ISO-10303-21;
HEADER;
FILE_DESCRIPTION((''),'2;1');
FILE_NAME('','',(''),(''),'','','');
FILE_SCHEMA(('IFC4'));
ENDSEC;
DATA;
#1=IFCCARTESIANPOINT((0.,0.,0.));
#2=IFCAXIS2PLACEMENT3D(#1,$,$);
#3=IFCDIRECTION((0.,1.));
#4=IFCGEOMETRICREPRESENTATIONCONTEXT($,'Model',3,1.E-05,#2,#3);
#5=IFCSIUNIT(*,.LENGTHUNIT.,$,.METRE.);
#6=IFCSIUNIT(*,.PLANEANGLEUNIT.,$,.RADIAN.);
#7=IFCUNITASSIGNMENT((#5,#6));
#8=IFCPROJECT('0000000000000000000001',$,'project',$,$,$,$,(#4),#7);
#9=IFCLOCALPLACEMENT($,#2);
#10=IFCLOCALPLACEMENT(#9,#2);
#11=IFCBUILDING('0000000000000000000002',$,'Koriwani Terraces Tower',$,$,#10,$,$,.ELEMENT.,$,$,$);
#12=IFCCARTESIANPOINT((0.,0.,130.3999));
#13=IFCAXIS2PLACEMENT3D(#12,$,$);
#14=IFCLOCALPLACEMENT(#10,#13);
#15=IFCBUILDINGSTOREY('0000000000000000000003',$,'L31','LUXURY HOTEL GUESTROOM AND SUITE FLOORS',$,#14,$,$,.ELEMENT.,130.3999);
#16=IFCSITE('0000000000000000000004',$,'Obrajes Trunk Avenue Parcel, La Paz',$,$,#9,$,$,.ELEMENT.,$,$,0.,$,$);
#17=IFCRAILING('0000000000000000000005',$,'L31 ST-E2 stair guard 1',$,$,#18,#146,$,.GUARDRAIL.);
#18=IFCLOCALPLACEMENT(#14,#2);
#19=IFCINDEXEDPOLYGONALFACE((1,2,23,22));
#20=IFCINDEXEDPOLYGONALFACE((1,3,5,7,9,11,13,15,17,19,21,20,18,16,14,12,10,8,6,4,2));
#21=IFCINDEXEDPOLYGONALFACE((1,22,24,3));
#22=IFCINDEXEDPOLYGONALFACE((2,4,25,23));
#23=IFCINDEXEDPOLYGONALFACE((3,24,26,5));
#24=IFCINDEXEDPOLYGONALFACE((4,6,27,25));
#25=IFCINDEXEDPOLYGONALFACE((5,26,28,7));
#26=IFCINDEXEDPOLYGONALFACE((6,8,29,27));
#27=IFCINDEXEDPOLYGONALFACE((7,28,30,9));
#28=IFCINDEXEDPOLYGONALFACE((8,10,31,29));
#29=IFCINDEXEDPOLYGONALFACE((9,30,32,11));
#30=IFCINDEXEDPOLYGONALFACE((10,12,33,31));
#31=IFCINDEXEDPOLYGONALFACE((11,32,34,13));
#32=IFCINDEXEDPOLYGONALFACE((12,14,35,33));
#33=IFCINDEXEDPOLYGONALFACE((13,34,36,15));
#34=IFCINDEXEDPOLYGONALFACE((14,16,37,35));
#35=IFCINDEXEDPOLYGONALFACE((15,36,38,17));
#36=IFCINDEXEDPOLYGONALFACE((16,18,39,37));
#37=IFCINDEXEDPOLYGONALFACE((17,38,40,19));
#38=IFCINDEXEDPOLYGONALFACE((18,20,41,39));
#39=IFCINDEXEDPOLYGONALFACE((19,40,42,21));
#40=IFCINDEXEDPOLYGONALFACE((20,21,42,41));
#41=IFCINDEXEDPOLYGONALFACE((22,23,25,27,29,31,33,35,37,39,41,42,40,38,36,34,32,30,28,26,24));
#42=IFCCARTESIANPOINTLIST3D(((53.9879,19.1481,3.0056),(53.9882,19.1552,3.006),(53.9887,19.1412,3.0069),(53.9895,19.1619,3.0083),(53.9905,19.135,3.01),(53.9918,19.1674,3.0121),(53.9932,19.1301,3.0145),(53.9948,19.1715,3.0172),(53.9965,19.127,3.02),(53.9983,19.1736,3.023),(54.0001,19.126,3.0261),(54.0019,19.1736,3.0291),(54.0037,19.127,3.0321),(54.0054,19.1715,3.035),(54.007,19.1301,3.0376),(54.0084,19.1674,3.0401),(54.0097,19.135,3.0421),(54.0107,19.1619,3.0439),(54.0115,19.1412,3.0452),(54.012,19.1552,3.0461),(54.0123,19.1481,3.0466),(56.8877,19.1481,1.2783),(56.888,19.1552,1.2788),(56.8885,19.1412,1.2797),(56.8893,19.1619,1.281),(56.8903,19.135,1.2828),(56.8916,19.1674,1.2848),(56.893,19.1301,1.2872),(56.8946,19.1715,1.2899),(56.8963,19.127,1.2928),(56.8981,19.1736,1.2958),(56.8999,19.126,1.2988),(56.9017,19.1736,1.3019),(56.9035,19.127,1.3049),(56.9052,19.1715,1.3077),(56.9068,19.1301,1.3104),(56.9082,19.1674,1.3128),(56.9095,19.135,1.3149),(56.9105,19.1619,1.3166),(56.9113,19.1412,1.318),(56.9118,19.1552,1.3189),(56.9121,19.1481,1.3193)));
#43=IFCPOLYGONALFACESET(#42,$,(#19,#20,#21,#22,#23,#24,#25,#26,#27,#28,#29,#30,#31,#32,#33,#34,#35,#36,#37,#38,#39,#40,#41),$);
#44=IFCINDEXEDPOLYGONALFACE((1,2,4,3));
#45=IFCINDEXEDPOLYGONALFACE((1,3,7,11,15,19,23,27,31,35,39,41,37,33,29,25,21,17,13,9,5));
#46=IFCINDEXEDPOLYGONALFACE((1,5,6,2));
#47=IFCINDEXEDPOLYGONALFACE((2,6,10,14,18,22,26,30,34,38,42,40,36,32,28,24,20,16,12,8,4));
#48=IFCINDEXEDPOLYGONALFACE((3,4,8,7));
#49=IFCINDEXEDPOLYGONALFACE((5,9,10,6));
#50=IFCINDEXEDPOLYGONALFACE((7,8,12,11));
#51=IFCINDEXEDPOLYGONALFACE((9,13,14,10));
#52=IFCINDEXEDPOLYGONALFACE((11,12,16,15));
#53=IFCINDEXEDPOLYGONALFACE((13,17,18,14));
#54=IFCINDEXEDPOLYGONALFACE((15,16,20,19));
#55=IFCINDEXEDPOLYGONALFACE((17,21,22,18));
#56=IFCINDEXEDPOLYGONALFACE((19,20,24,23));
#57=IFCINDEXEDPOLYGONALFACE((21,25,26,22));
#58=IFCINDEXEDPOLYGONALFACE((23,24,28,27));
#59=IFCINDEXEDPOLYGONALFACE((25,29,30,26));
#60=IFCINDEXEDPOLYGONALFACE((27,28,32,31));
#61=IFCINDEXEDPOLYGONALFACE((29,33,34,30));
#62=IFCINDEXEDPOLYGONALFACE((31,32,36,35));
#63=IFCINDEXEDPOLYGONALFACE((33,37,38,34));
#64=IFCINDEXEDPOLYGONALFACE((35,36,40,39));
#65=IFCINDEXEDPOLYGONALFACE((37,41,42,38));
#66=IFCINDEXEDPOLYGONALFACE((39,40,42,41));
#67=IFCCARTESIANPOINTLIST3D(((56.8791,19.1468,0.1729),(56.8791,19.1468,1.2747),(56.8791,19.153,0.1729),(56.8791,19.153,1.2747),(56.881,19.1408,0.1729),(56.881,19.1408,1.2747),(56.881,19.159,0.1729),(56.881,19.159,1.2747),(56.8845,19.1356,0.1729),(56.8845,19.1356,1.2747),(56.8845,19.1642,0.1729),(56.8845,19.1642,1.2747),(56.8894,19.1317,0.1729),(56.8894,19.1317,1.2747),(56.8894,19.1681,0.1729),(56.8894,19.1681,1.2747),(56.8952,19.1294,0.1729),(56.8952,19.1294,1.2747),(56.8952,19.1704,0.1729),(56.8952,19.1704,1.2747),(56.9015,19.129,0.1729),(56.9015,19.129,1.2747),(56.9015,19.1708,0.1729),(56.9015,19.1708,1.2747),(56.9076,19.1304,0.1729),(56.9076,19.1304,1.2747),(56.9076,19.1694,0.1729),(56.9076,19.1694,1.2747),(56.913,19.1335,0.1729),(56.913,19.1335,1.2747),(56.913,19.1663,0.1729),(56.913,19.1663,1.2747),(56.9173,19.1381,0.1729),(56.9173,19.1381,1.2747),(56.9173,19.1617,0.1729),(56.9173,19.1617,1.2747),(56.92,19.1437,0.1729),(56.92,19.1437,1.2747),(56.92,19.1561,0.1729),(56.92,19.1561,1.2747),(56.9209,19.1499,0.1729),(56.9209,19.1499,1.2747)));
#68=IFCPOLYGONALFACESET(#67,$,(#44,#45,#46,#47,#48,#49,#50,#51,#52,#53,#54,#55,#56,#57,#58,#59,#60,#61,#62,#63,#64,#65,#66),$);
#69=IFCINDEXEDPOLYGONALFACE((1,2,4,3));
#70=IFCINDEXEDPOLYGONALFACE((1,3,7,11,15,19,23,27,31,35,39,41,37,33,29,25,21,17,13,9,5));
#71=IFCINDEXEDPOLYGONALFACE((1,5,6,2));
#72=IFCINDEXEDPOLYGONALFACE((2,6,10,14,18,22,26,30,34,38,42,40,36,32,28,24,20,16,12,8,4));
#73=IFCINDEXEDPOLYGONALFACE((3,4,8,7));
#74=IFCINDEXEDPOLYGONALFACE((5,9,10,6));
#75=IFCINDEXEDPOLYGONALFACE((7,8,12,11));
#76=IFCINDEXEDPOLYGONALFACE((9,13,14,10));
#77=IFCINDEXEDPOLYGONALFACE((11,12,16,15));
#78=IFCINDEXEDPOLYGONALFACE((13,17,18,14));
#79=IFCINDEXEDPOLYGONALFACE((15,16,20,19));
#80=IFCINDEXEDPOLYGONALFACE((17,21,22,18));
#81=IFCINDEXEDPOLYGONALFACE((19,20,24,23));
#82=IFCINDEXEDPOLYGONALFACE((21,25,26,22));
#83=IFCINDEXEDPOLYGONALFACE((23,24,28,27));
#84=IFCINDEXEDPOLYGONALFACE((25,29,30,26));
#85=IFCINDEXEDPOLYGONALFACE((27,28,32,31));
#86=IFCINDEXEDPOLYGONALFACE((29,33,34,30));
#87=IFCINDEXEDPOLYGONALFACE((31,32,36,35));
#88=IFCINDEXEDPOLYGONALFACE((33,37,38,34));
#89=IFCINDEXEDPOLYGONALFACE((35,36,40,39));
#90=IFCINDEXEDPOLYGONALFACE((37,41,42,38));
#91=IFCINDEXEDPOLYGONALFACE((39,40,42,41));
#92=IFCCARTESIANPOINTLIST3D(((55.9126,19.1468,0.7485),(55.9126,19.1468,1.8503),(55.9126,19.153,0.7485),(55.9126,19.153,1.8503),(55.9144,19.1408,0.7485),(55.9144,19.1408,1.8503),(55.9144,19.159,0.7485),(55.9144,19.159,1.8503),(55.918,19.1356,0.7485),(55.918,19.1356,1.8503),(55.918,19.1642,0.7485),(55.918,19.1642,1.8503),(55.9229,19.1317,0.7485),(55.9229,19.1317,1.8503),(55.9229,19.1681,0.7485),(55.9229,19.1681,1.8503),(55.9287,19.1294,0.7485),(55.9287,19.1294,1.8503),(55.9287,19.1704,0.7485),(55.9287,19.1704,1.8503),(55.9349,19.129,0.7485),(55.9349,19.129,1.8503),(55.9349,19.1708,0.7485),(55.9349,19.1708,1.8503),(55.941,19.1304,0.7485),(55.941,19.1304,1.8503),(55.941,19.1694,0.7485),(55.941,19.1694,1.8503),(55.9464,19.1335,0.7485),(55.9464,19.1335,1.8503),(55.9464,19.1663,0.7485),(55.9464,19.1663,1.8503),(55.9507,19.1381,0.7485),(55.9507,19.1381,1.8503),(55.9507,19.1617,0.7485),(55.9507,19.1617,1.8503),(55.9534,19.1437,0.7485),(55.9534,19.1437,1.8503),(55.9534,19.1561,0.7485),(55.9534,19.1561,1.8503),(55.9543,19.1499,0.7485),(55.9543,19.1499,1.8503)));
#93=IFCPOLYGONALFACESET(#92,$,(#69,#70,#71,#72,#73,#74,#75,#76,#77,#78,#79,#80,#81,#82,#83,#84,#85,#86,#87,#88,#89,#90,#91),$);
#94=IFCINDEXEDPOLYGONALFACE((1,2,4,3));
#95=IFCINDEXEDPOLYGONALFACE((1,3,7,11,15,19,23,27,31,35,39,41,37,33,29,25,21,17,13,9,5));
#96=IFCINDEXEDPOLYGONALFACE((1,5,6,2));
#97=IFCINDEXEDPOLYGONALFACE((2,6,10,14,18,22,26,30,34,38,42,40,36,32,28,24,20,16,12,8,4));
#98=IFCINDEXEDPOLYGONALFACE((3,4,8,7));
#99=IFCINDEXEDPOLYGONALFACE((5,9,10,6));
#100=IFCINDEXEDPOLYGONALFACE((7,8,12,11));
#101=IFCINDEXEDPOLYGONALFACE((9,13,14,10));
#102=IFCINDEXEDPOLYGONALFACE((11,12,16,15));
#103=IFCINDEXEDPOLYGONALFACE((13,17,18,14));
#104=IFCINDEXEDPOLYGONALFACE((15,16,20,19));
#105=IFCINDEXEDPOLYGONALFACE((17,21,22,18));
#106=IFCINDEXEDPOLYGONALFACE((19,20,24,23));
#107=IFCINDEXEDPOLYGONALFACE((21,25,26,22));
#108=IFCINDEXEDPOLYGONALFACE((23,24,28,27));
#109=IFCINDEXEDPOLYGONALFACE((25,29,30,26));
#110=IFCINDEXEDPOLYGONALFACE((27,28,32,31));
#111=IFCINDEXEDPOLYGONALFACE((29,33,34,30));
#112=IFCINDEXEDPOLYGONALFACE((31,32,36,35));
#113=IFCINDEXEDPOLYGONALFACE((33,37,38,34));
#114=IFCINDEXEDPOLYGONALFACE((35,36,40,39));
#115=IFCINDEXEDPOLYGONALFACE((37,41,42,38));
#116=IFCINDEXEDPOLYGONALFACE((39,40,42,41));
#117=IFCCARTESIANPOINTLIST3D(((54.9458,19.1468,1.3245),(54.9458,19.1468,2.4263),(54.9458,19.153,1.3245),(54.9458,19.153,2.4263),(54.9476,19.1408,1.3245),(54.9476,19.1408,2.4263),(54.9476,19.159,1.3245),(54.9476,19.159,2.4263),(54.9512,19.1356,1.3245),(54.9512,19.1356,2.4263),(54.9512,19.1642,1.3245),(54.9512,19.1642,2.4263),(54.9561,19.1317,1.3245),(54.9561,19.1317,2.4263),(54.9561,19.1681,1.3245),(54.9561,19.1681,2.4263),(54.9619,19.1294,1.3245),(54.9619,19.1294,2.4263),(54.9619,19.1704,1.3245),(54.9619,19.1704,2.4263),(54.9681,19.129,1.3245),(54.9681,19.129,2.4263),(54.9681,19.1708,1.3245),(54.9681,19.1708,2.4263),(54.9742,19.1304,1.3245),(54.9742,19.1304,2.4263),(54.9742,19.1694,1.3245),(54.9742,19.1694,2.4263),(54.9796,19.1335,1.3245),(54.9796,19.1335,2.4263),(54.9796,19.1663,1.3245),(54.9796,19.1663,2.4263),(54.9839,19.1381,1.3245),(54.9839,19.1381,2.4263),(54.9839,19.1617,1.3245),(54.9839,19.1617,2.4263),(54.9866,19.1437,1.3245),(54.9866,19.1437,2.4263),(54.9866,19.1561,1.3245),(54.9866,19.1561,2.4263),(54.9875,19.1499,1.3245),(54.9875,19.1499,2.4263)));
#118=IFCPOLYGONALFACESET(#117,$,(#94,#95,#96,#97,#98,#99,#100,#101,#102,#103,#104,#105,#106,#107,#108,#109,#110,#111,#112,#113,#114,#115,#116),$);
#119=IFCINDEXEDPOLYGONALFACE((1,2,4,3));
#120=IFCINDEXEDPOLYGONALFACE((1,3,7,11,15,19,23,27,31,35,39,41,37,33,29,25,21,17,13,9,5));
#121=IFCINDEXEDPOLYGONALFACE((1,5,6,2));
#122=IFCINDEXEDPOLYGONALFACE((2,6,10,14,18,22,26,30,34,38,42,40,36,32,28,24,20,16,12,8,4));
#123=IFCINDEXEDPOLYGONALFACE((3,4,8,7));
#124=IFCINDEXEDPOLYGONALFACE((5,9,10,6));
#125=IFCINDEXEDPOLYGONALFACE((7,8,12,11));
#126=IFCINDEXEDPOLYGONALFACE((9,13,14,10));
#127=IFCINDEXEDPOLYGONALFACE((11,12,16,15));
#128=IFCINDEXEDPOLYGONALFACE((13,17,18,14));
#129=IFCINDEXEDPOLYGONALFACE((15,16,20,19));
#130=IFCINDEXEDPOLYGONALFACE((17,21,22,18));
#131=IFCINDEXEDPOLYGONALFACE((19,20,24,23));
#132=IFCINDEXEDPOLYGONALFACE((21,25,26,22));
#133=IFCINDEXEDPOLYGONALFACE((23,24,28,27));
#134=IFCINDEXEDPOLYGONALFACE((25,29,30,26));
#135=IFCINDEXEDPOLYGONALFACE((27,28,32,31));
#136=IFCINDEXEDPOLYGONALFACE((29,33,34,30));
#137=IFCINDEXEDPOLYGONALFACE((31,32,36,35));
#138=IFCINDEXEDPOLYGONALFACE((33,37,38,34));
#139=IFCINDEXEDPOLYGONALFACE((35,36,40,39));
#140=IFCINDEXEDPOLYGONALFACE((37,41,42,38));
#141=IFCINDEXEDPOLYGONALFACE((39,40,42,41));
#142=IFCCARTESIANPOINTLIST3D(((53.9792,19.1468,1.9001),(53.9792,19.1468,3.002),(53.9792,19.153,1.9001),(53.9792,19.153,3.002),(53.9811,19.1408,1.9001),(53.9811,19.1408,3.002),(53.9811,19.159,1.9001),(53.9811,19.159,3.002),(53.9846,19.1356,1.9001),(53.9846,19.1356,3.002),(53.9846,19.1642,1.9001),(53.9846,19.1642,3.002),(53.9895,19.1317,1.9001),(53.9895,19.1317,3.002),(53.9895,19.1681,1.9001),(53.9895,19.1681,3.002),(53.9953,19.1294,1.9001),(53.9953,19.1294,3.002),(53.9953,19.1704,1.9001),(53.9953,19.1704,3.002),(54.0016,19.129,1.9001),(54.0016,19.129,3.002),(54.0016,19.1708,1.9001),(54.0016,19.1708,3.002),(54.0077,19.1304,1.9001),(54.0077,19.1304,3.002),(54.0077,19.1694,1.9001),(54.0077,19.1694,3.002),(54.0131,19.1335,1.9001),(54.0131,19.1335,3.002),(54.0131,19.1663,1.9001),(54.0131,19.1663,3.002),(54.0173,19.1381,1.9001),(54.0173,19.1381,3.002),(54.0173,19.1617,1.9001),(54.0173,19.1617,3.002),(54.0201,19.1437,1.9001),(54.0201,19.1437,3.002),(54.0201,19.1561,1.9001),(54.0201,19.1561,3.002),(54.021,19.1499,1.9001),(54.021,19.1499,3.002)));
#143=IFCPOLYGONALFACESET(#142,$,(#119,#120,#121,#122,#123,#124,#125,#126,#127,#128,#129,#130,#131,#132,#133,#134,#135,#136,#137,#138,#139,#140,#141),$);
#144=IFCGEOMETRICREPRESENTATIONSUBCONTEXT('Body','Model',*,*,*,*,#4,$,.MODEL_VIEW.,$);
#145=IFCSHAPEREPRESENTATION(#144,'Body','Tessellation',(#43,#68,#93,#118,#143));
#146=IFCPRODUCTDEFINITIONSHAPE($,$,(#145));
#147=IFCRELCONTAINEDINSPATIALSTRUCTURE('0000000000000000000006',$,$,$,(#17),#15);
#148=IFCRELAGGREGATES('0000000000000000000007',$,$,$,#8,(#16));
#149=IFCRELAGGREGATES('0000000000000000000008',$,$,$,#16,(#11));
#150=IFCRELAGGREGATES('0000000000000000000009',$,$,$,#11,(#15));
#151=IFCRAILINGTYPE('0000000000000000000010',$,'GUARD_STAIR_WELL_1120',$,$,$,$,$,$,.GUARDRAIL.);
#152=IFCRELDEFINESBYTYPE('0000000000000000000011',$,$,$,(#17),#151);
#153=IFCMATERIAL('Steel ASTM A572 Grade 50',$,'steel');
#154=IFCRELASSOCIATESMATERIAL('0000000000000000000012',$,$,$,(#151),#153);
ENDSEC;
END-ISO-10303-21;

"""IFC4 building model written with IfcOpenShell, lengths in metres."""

from ifc_helpers import new_model, si_unit, direction, frame, origin, origin_2d, place, context, subcontext, project, spatial, circle, extrude, material, type_object, element, save


model = new_model("IFC4")

# Units and contexts
model_context = context("Model", 3, precision=1e-05, world=origin(), true_north=direction((0.0, 1.0)))
body_context = subcontext(model_context, "Body", "Model", "MODEL_VIEW")
ifc_project = project(units=[si_unit("LENGTHUNIT", "METRE"), si_unit("PLANEANGLEUNIT", "RADIAN")], contexts=[model_context])

# Site, building, storey
site_placement = place(None, origin())
site = spatial("IfcSite", under=ifc_project, at=site_placement, Name="Obrajes Trunk Avenue Parcel, La Paz", CompositionType="ELEMENT", RefElevation=0.0)
building_placement = place(site_placement, origin())
building = spatial("IfcBuilding", under=site, at=building_placement, Name="Koriwani Terraces Tower", CompositionType="ELEMENT")
storey_placement = place(building_placement, frame((0.0, 0.0, 130.3999)))
storey = spatial("IfcBuildingStorey", under=building, at=storey_placement, Name="L31", Description="LUXURY HOTEL GUESTROOM AND SUITE FLOORS", CompositionType="ELEMENT", Elevation=130.3999)

# Shared definitions
ifc_material_1 = material(Name="Steel ASTM A572 Grade 50", Category="steel")

# Railing
railing_type_1 = type_object("IfcRailingType", Name="GUARD_STAIR_WELL_1120", PredefinedType="GUARDRAIL", material=ifc_material_1)
railing_1_placement = place(storey_placement, frame((56.8999, 19.1499, 0.1729)))
element("IfcRailing", 1, at=railing_1_placement, inside=storey, type_object=railing_type_1, Name="L31 ST-E2 stair guard 1", PredefinedType="GUARDRAIL", context=body_context, shape_type="SweptSolid", body=[
    extrude(circle(Radius=0.0239, at=origin_2d()), frame((0.0, 0.0, 1.126), z_axis=(-0.859141, 0.0, 0.511738), x_axis=(0.0, -1.0, 0.0)), (0.0, 0.0, 1.0), 3.3752),
    extrude(circle(Radius=0.021, at=origin_2d()), origin(), (0.0, 0.0, 1.0), 1.1018),
    extrude(circle(Radius=0.021, at=origin_2d()), frame((-0.9666, 0.0, 0.5757)), (0.0, 0.0, 1.0), 1.1018),
    extrude(circle(Radius=0.021, at=origin_2d()), frame((-1.9333, 0.0, 1.1516)), (0.0, 0.0, 1.0), 1.1018),
    extrude(circle(Radius=0.021, at=origin_2d()), frame((-2.8999, 0.0, 1.7273)), (0.0, 0.0, 1.0), 1.1018),
])

save(model, "model.ifc")
